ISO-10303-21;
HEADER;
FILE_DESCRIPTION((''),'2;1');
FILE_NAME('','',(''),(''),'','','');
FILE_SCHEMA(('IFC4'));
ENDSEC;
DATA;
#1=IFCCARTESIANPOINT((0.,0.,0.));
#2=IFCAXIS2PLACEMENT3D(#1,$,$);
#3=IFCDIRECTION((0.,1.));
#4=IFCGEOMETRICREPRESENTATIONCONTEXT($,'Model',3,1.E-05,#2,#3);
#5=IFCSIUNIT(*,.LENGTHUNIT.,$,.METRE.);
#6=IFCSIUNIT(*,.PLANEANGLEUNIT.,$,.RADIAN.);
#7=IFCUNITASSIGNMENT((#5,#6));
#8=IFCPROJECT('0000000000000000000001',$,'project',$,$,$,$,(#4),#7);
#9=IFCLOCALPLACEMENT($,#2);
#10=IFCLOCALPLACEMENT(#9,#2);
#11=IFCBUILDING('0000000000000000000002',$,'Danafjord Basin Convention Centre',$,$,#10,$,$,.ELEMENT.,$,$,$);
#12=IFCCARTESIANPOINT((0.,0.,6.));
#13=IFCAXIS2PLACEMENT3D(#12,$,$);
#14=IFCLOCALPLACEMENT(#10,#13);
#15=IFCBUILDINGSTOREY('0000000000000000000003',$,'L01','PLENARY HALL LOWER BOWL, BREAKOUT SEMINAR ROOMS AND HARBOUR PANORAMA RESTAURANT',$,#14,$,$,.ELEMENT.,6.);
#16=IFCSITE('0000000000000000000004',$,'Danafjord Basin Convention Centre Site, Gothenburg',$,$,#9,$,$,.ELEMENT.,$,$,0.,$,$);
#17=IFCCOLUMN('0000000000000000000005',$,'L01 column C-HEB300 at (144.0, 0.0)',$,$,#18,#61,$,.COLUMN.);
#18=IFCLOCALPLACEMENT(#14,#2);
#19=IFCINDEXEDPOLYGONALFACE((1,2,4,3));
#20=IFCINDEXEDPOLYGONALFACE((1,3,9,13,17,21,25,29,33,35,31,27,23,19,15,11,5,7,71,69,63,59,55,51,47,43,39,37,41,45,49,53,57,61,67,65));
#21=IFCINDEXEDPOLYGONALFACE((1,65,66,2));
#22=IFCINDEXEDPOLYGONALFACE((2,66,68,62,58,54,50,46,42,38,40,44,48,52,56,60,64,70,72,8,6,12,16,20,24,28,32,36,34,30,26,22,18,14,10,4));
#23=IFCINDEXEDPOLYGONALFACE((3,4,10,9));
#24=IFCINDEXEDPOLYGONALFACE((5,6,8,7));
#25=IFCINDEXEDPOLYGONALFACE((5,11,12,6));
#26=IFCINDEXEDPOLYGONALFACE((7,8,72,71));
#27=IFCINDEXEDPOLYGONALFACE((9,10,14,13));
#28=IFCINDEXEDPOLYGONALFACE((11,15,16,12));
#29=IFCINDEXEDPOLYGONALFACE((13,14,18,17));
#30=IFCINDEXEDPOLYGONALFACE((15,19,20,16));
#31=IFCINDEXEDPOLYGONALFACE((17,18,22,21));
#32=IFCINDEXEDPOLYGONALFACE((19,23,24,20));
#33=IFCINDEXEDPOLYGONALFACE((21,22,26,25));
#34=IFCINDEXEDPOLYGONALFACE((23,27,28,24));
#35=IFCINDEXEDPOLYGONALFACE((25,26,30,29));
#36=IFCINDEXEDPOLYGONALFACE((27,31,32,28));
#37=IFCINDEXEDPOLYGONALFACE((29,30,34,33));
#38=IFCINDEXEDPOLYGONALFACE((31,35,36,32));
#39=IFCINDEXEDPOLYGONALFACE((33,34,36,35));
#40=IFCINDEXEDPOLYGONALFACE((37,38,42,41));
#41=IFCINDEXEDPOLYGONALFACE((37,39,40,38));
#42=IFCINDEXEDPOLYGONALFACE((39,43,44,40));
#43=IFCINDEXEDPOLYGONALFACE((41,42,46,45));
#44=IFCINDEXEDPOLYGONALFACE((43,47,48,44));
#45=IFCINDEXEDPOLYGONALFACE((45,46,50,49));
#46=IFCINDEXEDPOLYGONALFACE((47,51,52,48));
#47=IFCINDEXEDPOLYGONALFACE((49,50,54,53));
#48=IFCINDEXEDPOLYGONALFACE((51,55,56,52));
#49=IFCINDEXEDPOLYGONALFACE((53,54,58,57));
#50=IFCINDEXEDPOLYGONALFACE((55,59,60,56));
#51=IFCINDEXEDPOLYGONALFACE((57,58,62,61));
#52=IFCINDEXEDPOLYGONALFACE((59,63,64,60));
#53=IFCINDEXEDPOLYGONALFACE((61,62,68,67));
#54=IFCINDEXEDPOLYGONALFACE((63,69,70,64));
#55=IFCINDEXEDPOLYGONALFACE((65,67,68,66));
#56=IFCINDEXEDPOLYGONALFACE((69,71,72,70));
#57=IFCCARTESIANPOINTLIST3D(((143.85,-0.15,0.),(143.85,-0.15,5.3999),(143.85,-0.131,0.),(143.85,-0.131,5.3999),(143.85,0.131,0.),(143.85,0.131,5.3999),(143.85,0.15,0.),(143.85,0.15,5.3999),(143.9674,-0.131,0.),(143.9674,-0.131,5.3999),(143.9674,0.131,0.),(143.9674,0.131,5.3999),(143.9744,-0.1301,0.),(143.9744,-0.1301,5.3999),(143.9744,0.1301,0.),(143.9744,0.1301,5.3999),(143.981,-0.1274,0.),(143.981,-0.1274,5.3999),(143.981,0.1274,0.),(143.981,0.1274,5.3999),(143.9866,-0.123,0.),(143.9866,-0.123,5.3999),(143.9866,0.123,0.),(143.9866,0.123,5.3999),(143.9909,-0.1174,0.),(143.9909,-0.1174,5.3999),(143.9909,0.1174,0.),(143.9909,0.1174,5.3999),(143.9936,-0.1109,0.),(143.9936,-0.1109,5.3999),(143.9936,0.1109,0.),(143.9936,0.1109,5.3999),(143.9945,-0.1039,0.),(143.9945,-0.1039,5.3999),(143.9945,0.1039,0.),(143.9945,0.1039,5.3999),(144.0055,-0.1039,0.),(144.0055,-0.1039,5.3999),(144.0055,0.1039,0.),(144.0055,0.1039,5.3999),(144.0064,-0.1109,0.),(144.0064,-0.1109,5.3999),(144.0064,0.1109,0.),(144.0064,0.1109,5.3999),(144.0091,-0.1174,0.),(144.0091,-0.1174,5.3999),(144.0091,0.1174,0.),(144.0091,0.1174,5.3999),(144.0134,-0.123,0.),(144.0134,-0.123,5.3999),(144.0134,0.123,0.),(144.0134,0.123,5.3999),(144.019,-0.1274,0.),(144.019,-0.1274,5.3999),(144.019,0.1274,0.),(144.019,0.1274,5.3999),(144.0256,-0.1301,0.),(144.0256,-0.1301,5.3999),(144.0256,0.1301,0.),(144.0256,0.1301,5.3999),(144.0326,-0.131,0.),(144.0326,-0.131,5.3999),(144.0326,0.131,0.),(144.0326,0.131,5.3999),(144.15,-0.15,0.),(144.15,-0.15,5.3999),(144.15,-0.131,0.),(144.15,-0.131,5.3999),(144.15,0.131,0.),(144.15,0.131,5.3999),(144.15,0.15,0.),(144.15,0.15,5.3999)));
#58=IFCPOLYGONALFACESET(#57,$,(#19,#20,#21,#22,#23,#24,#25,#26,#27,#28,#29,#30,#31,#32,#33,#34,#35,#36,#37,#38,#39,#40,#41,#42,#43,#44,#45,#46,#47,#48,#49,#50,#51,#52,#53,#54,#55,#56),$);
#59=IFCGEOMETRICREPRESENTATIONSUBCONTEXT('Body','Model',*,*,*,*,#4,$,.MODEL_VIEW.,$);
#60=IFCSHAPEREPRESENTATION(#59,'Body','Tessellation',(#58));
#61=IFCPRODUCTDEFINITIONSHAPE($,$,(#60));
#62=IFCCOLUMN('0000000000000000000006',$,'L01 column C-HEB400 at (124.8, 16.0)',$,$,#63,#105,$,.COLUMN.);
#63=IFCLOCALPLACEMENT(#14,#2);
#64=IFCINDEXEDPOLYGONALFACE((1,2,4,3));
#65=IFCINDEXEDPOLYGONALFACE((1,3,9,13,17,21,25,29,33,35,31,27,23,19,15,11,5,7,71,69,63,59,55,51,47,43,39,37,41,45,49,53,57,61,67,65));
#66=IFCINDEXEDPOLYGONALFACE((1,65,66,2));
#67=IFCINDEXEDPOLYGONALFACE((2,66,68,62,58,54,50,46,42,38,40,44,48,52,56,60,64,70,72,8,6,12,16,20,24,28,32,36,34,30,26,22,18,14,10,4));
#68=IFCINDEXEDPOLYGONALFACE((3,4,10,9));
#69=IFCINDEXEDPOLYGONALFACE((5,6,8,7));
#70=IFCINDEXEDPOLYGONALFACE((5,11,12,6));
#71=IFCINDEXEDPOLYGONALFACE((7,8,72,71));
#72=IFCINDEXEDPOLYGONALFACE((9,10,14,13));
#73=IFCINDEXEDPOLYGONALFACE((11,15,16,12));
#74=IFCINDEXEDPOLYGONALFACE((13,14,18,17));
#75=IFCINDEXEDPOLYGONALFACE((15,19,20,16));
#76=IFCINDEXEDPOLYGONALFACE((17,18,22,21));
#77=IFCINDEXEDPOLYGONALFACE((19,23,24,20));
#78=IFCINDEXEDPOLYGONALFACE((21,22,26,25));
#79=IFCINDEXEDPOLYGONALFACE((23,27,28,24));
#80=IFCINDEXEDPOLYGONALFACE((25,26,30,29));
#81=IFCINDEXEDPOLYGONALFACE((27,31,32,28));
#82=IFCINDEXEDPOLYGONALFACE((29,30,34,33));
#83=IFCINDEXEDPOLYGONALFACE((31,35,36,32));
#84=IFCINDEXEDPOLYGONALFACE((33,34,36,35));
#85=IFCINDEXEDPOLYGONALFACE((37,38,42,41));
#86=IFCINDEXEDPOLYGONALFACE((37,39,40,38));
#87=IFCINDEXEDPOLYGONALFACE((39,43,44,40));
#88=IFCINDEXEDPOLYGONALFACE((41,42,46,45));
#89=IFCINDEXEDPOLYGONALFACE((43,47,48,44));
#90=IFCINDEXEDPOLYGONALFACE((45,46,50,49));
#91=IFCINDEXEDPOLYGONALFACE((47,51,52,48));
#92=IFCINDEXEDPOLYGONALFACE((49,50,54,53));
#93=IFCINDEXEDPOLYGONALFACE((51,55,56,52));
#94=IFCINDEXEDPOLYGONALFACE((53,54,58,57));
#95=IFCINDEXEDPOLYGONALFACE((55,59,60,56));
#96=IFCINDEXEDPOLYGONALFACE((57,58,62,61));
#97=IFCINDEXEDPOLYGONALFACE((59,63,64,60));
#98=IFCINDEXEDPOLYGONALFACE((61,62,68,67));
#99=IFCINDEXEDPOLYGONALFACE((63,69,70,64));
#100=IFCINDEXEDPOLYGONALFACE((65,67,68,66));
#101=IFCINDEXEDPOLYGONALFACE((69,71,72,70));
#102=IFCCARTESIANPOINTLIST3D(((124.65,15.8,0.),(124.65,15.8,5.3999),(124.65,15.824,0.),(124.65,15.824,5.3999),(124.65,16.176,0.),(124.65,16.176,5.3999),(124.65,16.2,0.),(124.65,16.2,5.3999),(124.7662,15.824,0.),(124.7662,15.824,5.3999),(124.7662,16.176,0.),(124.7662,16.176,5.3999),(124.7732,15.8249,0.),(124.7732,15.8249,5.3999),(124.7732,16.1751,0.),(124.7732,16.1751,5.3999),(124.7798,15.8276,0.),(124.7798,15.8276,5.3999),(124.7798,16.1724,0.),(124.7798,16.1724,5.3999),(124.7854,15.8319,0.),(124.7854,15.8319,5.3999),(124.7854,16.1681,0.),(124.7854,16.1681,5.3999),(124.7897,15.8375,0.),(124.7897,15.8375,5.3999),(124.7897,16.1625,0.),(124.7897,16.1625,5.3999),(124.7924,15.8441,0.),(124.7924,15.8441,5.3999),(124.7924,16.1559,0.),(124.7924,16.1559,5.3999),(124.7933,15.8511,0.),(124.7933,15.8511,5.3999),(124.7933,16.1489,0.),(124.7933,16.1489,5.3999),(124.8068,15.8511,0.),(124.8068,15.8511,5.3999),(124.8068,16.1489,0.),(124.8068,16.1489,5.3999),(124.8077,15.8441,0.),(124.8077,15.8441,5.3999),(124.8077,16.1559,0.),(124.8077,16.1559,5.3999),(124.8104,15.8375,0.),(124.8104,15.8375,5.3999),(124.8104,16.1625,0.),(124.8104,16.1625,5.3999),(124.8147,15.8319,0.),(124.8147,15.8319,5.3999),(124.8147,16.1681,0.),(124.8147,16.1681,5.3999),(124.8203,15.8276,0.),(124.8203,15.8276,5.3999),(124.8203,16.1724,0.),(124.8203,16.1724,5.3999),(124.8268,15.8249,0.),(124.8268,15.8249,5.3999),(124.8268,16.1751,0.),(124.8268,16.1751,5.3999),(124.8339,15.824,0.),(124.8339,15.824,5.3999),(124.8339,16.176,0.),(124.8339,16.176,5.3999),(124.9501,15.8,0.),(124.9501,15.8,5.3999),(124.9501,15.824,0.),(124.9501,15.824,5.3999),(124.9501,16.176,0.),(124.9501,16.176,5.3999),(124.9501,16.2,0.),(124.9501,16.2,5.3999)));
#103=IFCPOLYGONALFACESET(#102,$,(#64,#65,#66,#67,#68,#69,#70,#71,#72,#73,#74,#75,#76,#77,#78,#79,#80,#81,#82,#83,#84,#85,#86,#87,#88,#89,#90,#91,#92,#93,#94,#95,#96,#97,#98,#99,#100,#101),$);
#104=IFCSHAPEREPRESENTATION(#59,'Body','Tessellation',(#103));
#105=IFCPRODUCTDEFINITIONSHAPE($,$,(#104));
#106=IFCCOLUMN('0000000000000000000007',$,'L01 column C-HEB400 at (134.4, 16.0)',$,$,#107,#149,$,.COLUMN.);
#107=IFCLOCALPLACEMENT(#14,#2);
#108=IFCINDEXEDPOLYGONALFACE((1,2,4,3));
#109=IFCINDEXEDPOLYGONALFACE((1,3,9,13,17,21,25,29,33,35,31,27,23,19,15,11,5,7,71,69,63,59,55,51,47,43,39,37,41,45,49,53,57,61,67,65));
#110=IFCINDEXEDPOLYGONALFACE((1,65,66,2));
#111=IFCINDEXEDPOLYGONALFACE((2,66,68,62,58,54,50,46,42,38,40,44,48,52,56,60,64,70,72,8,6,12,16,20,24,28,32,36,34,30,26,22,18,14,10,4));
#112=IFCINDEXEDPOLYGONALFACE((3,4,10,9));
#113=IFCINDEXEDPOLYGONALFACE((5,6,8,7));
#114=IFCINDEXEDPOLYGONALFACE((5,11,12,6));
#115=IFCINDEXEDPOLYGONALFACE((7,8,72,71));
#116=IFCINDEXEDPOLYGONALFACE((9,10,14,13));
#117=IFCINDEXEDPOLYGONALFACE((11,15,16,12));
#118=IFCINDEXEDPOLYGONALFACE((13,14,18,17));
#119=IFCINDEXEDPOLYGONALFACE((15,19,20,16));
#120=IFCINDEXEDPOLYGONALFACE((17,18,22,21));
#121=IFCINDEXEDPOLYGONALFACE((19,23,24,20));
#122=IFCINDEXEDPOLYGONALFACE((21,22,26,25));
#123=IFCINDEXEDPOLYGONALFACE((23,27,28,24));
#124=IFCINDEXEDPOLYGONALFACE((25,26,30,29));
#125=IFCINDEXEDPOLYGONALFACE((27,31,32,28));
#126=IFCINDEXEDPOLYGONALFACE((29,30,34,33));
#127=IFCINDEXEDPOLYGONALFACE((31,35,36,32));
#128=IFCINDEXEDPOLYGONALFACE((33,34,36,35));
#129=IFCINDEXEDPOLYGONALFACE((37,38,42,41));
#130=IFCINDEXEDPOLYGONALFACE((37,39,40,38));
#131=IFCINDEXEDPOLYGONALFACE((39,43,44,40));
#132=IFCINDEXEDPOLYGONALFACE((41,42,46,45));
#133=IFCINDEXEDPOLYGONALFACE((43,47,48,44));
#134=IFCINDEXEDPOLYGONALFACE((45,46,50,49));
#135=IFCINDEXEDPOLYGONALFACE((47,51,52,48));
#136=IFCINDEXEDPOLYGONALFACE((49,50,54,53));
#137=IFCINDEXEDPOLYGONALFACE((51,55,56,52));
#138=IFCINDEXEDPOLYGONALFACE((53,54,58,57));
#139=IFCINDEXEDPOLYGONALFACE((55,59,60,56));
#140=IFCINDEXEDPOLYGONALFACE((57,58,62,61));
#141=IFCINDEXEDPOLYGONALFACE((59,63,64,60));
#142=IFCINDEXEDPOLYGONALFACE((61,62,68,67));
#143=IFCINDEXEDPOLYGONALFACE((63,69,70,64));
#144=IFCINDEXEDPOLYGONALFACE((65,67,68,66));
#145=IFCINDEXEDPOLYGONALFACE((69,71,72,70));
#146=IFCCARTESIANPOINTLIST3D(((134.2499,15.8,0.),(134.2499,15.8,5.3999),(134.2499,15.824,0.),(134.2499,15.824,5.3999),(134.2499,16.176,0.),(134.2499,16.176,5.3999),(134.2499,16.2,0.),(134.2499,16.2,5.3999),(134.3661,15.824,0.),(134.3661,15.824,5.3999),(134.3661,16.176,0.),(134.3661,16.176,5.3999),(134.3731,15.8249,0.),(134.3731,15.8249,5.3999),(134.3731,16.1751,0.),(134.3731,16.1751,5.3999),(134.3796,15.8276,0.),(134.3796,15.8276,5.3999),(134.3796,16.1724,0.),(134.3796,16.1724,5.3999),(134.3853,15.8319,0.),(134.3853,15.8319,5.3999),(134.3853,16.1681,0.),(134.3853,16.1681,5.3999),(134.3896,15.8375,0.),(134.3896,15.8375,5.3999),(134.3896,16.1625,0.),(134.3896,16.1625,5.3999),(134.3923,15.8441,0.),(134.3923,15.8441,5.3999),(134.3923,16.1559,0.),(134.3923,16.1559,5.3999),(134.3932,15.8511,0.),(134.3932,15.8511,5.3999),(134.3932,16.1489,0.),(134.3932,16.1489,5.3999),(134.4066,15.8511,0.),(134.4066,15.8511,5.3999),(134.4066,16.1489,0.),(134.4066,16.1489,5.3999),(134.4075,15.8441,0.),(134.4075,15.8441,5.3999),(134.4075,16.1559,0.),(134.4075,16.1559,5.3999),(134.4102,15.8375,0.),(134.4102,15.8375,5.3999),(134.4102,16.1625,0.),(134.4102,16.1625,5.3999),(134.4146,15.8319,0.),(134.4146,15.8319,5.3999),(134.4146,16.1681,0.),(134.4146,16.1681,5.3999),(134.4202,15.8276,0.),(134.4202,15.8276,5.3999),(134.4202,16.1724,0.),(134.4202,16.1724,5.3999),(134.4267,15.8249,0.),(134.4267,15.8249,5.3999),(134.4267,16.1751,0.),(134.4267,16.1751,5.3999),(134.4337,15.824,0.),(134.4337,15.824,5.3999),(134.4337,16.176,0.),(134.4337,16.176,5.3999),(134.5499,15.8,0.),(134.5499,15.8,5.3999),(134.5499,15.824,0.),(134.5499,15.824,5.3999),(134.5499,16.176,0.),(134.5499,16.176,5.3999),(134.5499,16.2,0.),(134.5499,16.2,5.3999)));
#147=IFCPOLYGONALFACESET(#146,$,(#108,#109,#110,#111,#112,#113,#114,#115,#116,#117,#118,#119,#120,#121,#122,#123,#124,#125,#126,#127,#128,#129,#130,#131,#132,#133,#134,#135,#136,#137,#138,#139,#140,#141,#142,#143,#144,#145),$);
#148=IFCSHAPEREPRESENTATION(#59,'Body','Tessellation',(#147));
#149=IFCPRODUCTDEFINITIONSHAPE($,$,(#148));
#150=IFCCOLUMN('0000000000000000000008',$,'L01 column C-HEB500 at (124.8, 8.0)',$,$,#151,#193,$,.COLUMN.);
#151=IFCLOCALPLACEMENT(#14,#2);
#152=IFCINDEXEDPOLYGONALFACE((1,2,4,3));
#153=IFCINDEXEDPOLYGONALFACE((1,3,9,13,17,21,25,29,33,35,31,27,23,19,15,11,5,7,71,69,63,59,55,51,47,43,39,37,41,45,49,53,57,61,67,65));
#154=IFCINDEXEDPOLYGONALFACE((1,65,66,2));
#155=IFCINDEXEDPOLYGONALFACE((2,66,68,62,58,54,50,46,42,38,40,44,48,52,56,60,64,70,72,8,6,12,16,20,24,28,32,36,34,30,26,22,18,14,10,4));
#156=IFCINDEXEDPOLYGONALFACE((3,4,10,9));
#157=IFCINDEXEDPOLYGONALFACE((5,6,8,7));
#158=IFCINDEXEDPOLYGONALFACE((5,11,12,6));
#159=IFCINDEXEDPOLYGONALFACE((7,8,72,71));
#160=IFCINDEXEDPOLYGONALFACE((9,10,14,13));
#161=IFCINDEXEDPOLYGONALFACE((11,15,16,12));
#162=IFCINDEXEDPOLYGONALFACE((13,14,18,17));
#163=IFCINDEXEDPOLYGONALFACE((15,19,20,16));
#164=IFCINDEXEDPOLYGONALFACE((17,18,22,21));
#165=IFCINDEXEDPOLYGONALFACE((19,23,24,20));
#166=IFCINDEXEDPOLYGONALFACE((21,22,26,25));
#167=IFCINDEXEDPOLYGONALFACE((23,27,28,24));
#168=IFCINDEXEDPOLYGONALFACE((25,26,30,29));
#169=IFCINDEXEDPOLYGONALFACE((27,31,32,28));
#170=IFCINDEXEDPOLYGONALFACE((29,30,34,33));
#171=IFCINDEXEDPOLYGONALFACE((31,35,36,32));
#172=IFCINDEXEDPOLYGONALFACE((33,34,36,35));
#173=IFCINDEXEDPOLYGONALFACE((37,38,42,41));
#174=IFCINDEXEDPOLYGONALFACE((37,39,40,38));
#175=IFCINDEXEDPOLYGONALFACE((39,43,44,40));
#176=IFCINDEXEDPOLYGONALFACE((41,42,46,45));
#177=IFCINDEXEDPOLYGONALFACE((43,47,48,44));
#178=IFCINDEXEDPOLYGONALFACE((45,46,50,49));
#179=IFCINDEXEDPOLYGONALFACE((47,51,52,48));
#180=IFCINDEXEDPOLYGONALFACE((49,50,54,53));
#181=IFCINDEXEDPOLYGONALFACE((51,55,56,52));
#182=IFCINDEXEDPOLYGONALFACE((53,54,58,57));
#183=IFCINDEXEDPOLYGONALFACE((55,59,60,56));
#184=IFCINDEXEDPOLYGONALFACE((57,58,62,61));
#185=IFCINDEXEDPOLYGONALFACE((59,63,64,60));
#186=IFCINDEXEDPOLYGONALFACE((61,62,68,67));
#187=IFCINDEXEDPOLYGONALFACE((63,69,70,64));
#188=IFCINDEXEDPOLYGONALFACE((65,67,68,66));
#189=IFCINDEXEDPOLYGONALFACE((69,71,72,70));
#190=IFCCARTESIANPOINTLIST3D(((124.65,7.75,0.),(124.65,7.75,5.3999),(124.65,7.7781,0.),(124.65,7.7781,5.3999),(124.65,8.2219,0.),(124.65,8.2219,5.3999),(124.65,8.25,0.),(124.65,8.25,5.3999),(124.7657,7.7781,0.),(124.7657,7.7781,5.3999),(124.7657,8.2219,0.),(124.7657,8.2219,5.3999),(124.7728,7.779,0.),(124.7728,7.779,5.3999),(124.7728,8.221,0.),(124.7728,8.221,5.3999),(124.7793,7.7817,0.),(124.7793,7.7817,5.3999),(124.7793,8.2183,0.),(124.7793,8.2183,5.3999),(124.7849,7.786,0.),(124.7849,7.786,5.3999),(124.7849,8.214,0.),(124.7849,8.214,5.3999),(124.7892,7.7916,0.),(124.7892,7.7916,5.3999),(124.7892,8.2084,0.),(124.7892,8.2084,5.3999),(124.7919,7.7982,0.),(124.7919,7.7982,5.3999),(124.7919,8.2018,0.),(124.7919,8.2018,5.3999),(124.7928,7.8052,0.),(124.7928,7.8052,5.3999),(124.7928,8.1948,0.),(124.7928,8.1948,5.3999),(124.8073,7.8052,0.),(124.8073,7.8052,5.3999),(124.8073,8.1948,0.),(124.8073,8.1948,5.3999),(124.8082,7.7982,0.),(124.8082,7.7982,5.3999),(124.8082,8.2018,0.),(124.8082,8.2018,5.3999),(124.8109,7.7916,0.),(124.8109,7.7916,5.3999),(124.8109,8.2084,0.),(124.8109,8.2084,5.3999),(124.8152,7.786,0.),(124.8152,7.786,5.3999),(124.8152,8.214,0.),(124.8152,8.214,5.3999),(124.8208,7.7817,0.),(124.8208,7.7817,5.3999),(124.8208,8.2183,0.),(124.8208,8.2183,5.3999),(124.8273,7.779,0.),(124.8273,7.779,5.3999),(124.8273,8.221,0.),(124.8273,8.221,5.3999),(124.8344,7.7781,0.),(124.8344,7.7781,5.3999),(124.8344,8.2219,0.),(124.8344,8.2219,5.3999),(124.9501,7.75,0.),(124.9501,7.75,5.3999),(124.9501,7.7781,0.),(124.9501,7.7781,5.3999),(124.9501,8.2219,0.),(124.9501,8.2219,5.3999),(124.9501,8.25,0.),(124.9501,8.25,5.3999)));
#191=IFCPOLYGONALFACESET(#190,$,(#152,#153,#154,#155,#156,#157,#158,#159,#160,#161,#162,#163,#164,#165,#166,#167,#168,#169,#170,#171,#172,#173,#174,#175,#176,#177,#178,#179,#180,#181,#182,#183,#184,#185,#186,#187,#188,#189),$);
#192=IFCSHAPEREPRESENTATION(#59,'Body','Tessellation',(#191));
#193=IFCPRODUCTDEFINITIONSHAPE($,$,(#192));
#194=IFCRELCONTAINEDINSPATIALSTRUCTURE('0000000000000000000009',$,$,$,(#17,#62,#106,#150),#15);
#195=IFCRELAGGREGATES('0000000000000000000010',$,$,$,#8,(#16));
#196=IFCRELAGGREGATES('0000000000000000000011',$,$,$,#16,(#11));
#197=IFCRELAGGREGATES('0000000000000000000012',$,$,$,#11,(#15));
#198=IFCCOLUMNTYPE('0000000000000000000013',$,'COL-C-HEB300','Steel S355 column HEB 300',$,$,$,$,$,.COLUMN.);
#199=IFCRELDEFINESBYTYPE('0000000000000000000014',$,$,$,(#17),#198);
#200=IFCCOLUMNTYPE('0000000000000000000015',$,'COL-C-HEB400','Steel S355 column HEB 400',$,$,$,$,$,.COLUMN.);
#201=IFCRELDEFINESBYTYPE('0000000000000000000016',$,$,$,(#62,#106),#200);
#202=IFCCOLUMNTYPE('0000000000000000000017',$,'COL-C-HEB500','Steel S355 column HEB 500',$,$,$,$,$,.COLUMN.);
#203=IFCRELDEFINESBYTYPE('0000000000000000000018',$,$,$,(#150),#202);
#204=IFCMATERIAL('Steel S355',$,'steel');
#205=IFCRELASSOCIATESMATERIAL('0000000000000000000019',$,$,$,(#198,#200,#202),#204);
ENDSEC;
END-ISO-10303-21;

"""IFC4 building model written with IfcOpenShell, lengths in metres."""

from ifc_helpers import new_model, si_unit, direction, frame, origin, origin_2d, place, context, subcontext, project, spatial, i_section, extrude, material, material_profile, profile_set, type_object, element, save


model = new_model("IFC4")

# Units and contexts
model_context = context("Model", 3, precision=1e-05, world=origin(), true_north=direction((0.0, 1.0)))
body_context = subcontext(model_context, "Body", "Model", "MODEL_VIEW")
ifc_project = project(units=[si_unit("LENGTHUNIT", "METRE"), si_unit("PLANEANGLEUNIT", "RADIAN")], contexts=[model_context])

# Site, building, storey
site_placement = place(None, origin())
site = spatial("IfcSite", under=ifc_project, at=site_placement, Name="Danafjord Basin Convention Centre Site, Gothenburg", CompositionType="ELEMENT", RefElevation=0.0)
building_placement = place(site_placement, origin())
building = spatial("IfcBuilding", under=site, at=building_placement, Name="Danafjord Basin Convention Centre", CompositionType="ELEMENT")
storey_placement = place(building_placement, frame((0.0, 0.0, 6.0)))
storey = spatial("IfcBuildingStorey", under=building, at=storey_placement, Name="L01", Description="PLENARY HALL LOWER BOWL, BREAKOUT SEMINAR ROOMS AND HARBOUR PANORAMA RESTAURANT", CompositionType="ELEMENT", Elevation=6.0)

# Columns
ifc_material_1 = material(Name="Steel S355", Category="steel")
ifc_material_profile_1 = material_profile(ifc_material_1, i_section(OverallWidth=0.3, OverallDepth=0.3, WebThickness=0.011, FlangeThickness=0.019, FilletRadius=0.0271, at=origin_2d()), Name="HEB 300")
ifc_profile_set_1 = profile_set([ifc_material_profile_1], Name="Steel S355")
column_type_1 = type_object("IfcColumnType", Name="COL-C-HEB300", Description="Steel S355 column HEB 300", PredefinedType="COLUMN", material=ifc_profile_set_1)
column_1_placement = place(storey_placement, frame((144.0, 0.0, 0.0), z_axis=(0.0, 0.0, 1.0), x_axis=(1.0, 0.0, 0.0)))
element("IfcColumn", 1, at=column_1_placement, inside=storey, type_object=column_type_1, Name="L01 column C-HEB300 at (144.0, 0.0)", PredefinedType="COLUMN", context=body_context, shape_type="SweptSolid", body=[
    extrude(i_section(OverallWidth=0.3, OverallDepth=0.3, WebThickness=0.011, FlangeThickness=0.019, FilletRadius=0.0271, at=origin_2d()), origin(), (0.0, 0.0, 1.0), 5.3999),
])
ifc_material_profile_2 = material_profile(ifc_material_1, i_section(OverallWidth=0.3, OverallDepth=0.3999, WebThickness=0.0134, FlangeThickness=0.0239, FilletRadius=0.0271, at=origin_2d()), Name="HEB 400")
ifc_profile_set_2 = profile_set([ifc_material_profile_2], Name="Steel S355")
column_type_2 = type_object("IfcColumnType", Name="COL-C-HEB400", Description="Steel S355 column HEB 400", PredefinedType="COLUMN", material=ifc_profile_set_2)
for number, where, z_axis, x_axis, name in (
    (2, (124.8, 16.0, 0.0), (0.0, 0.0, 1.0), (1.0, 0.0, 0.0), "L01 column C-HEB400 at (124.8, 16.0)"),
    (3, (134.3999, 16.0, 0.0), (0.0, 0.0, 1.0), (1.0, 0.0, 0.0), "L01 column C-HEB400 at (134.4, 16.0)"),
):
    element("IfcColumn", number, at=place(storey_placement, frame(where, z_axis=z_axis, x_axis=x_axis)), inside=storey, type_object=column_type_2, Name=name, PredefinedType="COLUMN", context=body_context, shape_type="SweptSolid", body=[
        extrude(i_section(OverallWidth=0.3, OverallDepth=0.3999, WebThickness=0.0134, FlangeThickness=0.0239, FilletRadius=0.0271, at=origin_2d()), origin(), (0.0, 0.0, 1.0), 5.3999),
    ])
ifc_material_profile_3 = material_profile(ifc_material_1, i_section(OverallWidth=0.3, OverallDepth=0.5, WebThickness=0.0144, FlangeThickness=0.0281, FilletRadius=0.0271, at=origin_2d()), Name="HEB 500")
ifc_profile_set_3 = profile_set([ifc_material_profile_3], Name="Steel S355")
column_type_3 = type_object("IfcColumnType", Name="COL-C-HEB500", Description="Steel S355 column HEB 500", PredefinedType="COLUMN", material=ifc_profile_set_3)
for number, where, z_axis, x_axis, name in (
    (4, (124.8, 8.0, 0.0), (0.0, 0.0, 1.0), (1.0, 0.0, 0.0), "L01 column C-HEB500 at (124.8, 8.0)"),
):
    element("IfcColumn", number, at=place(storey_placement, frame(where, z_axis=z_axis, x_axis=x_axis)), inside=storey, type_object=column_type_3, Name=name, PredefinedType="COLUMN", context=body_context, shape_type="SweptSolid", body=[
        extrude(i_section(OverallWidth=0.3, OverallDepth=0.5, WebThickness=0.0144, FlangeThickness=0.0281, FilletRadius=0.0271, at=origin_2d()), origin(), (0.0, 0.0, 1.0), 5.3999),
    ])

save(model, "model.ifc")
